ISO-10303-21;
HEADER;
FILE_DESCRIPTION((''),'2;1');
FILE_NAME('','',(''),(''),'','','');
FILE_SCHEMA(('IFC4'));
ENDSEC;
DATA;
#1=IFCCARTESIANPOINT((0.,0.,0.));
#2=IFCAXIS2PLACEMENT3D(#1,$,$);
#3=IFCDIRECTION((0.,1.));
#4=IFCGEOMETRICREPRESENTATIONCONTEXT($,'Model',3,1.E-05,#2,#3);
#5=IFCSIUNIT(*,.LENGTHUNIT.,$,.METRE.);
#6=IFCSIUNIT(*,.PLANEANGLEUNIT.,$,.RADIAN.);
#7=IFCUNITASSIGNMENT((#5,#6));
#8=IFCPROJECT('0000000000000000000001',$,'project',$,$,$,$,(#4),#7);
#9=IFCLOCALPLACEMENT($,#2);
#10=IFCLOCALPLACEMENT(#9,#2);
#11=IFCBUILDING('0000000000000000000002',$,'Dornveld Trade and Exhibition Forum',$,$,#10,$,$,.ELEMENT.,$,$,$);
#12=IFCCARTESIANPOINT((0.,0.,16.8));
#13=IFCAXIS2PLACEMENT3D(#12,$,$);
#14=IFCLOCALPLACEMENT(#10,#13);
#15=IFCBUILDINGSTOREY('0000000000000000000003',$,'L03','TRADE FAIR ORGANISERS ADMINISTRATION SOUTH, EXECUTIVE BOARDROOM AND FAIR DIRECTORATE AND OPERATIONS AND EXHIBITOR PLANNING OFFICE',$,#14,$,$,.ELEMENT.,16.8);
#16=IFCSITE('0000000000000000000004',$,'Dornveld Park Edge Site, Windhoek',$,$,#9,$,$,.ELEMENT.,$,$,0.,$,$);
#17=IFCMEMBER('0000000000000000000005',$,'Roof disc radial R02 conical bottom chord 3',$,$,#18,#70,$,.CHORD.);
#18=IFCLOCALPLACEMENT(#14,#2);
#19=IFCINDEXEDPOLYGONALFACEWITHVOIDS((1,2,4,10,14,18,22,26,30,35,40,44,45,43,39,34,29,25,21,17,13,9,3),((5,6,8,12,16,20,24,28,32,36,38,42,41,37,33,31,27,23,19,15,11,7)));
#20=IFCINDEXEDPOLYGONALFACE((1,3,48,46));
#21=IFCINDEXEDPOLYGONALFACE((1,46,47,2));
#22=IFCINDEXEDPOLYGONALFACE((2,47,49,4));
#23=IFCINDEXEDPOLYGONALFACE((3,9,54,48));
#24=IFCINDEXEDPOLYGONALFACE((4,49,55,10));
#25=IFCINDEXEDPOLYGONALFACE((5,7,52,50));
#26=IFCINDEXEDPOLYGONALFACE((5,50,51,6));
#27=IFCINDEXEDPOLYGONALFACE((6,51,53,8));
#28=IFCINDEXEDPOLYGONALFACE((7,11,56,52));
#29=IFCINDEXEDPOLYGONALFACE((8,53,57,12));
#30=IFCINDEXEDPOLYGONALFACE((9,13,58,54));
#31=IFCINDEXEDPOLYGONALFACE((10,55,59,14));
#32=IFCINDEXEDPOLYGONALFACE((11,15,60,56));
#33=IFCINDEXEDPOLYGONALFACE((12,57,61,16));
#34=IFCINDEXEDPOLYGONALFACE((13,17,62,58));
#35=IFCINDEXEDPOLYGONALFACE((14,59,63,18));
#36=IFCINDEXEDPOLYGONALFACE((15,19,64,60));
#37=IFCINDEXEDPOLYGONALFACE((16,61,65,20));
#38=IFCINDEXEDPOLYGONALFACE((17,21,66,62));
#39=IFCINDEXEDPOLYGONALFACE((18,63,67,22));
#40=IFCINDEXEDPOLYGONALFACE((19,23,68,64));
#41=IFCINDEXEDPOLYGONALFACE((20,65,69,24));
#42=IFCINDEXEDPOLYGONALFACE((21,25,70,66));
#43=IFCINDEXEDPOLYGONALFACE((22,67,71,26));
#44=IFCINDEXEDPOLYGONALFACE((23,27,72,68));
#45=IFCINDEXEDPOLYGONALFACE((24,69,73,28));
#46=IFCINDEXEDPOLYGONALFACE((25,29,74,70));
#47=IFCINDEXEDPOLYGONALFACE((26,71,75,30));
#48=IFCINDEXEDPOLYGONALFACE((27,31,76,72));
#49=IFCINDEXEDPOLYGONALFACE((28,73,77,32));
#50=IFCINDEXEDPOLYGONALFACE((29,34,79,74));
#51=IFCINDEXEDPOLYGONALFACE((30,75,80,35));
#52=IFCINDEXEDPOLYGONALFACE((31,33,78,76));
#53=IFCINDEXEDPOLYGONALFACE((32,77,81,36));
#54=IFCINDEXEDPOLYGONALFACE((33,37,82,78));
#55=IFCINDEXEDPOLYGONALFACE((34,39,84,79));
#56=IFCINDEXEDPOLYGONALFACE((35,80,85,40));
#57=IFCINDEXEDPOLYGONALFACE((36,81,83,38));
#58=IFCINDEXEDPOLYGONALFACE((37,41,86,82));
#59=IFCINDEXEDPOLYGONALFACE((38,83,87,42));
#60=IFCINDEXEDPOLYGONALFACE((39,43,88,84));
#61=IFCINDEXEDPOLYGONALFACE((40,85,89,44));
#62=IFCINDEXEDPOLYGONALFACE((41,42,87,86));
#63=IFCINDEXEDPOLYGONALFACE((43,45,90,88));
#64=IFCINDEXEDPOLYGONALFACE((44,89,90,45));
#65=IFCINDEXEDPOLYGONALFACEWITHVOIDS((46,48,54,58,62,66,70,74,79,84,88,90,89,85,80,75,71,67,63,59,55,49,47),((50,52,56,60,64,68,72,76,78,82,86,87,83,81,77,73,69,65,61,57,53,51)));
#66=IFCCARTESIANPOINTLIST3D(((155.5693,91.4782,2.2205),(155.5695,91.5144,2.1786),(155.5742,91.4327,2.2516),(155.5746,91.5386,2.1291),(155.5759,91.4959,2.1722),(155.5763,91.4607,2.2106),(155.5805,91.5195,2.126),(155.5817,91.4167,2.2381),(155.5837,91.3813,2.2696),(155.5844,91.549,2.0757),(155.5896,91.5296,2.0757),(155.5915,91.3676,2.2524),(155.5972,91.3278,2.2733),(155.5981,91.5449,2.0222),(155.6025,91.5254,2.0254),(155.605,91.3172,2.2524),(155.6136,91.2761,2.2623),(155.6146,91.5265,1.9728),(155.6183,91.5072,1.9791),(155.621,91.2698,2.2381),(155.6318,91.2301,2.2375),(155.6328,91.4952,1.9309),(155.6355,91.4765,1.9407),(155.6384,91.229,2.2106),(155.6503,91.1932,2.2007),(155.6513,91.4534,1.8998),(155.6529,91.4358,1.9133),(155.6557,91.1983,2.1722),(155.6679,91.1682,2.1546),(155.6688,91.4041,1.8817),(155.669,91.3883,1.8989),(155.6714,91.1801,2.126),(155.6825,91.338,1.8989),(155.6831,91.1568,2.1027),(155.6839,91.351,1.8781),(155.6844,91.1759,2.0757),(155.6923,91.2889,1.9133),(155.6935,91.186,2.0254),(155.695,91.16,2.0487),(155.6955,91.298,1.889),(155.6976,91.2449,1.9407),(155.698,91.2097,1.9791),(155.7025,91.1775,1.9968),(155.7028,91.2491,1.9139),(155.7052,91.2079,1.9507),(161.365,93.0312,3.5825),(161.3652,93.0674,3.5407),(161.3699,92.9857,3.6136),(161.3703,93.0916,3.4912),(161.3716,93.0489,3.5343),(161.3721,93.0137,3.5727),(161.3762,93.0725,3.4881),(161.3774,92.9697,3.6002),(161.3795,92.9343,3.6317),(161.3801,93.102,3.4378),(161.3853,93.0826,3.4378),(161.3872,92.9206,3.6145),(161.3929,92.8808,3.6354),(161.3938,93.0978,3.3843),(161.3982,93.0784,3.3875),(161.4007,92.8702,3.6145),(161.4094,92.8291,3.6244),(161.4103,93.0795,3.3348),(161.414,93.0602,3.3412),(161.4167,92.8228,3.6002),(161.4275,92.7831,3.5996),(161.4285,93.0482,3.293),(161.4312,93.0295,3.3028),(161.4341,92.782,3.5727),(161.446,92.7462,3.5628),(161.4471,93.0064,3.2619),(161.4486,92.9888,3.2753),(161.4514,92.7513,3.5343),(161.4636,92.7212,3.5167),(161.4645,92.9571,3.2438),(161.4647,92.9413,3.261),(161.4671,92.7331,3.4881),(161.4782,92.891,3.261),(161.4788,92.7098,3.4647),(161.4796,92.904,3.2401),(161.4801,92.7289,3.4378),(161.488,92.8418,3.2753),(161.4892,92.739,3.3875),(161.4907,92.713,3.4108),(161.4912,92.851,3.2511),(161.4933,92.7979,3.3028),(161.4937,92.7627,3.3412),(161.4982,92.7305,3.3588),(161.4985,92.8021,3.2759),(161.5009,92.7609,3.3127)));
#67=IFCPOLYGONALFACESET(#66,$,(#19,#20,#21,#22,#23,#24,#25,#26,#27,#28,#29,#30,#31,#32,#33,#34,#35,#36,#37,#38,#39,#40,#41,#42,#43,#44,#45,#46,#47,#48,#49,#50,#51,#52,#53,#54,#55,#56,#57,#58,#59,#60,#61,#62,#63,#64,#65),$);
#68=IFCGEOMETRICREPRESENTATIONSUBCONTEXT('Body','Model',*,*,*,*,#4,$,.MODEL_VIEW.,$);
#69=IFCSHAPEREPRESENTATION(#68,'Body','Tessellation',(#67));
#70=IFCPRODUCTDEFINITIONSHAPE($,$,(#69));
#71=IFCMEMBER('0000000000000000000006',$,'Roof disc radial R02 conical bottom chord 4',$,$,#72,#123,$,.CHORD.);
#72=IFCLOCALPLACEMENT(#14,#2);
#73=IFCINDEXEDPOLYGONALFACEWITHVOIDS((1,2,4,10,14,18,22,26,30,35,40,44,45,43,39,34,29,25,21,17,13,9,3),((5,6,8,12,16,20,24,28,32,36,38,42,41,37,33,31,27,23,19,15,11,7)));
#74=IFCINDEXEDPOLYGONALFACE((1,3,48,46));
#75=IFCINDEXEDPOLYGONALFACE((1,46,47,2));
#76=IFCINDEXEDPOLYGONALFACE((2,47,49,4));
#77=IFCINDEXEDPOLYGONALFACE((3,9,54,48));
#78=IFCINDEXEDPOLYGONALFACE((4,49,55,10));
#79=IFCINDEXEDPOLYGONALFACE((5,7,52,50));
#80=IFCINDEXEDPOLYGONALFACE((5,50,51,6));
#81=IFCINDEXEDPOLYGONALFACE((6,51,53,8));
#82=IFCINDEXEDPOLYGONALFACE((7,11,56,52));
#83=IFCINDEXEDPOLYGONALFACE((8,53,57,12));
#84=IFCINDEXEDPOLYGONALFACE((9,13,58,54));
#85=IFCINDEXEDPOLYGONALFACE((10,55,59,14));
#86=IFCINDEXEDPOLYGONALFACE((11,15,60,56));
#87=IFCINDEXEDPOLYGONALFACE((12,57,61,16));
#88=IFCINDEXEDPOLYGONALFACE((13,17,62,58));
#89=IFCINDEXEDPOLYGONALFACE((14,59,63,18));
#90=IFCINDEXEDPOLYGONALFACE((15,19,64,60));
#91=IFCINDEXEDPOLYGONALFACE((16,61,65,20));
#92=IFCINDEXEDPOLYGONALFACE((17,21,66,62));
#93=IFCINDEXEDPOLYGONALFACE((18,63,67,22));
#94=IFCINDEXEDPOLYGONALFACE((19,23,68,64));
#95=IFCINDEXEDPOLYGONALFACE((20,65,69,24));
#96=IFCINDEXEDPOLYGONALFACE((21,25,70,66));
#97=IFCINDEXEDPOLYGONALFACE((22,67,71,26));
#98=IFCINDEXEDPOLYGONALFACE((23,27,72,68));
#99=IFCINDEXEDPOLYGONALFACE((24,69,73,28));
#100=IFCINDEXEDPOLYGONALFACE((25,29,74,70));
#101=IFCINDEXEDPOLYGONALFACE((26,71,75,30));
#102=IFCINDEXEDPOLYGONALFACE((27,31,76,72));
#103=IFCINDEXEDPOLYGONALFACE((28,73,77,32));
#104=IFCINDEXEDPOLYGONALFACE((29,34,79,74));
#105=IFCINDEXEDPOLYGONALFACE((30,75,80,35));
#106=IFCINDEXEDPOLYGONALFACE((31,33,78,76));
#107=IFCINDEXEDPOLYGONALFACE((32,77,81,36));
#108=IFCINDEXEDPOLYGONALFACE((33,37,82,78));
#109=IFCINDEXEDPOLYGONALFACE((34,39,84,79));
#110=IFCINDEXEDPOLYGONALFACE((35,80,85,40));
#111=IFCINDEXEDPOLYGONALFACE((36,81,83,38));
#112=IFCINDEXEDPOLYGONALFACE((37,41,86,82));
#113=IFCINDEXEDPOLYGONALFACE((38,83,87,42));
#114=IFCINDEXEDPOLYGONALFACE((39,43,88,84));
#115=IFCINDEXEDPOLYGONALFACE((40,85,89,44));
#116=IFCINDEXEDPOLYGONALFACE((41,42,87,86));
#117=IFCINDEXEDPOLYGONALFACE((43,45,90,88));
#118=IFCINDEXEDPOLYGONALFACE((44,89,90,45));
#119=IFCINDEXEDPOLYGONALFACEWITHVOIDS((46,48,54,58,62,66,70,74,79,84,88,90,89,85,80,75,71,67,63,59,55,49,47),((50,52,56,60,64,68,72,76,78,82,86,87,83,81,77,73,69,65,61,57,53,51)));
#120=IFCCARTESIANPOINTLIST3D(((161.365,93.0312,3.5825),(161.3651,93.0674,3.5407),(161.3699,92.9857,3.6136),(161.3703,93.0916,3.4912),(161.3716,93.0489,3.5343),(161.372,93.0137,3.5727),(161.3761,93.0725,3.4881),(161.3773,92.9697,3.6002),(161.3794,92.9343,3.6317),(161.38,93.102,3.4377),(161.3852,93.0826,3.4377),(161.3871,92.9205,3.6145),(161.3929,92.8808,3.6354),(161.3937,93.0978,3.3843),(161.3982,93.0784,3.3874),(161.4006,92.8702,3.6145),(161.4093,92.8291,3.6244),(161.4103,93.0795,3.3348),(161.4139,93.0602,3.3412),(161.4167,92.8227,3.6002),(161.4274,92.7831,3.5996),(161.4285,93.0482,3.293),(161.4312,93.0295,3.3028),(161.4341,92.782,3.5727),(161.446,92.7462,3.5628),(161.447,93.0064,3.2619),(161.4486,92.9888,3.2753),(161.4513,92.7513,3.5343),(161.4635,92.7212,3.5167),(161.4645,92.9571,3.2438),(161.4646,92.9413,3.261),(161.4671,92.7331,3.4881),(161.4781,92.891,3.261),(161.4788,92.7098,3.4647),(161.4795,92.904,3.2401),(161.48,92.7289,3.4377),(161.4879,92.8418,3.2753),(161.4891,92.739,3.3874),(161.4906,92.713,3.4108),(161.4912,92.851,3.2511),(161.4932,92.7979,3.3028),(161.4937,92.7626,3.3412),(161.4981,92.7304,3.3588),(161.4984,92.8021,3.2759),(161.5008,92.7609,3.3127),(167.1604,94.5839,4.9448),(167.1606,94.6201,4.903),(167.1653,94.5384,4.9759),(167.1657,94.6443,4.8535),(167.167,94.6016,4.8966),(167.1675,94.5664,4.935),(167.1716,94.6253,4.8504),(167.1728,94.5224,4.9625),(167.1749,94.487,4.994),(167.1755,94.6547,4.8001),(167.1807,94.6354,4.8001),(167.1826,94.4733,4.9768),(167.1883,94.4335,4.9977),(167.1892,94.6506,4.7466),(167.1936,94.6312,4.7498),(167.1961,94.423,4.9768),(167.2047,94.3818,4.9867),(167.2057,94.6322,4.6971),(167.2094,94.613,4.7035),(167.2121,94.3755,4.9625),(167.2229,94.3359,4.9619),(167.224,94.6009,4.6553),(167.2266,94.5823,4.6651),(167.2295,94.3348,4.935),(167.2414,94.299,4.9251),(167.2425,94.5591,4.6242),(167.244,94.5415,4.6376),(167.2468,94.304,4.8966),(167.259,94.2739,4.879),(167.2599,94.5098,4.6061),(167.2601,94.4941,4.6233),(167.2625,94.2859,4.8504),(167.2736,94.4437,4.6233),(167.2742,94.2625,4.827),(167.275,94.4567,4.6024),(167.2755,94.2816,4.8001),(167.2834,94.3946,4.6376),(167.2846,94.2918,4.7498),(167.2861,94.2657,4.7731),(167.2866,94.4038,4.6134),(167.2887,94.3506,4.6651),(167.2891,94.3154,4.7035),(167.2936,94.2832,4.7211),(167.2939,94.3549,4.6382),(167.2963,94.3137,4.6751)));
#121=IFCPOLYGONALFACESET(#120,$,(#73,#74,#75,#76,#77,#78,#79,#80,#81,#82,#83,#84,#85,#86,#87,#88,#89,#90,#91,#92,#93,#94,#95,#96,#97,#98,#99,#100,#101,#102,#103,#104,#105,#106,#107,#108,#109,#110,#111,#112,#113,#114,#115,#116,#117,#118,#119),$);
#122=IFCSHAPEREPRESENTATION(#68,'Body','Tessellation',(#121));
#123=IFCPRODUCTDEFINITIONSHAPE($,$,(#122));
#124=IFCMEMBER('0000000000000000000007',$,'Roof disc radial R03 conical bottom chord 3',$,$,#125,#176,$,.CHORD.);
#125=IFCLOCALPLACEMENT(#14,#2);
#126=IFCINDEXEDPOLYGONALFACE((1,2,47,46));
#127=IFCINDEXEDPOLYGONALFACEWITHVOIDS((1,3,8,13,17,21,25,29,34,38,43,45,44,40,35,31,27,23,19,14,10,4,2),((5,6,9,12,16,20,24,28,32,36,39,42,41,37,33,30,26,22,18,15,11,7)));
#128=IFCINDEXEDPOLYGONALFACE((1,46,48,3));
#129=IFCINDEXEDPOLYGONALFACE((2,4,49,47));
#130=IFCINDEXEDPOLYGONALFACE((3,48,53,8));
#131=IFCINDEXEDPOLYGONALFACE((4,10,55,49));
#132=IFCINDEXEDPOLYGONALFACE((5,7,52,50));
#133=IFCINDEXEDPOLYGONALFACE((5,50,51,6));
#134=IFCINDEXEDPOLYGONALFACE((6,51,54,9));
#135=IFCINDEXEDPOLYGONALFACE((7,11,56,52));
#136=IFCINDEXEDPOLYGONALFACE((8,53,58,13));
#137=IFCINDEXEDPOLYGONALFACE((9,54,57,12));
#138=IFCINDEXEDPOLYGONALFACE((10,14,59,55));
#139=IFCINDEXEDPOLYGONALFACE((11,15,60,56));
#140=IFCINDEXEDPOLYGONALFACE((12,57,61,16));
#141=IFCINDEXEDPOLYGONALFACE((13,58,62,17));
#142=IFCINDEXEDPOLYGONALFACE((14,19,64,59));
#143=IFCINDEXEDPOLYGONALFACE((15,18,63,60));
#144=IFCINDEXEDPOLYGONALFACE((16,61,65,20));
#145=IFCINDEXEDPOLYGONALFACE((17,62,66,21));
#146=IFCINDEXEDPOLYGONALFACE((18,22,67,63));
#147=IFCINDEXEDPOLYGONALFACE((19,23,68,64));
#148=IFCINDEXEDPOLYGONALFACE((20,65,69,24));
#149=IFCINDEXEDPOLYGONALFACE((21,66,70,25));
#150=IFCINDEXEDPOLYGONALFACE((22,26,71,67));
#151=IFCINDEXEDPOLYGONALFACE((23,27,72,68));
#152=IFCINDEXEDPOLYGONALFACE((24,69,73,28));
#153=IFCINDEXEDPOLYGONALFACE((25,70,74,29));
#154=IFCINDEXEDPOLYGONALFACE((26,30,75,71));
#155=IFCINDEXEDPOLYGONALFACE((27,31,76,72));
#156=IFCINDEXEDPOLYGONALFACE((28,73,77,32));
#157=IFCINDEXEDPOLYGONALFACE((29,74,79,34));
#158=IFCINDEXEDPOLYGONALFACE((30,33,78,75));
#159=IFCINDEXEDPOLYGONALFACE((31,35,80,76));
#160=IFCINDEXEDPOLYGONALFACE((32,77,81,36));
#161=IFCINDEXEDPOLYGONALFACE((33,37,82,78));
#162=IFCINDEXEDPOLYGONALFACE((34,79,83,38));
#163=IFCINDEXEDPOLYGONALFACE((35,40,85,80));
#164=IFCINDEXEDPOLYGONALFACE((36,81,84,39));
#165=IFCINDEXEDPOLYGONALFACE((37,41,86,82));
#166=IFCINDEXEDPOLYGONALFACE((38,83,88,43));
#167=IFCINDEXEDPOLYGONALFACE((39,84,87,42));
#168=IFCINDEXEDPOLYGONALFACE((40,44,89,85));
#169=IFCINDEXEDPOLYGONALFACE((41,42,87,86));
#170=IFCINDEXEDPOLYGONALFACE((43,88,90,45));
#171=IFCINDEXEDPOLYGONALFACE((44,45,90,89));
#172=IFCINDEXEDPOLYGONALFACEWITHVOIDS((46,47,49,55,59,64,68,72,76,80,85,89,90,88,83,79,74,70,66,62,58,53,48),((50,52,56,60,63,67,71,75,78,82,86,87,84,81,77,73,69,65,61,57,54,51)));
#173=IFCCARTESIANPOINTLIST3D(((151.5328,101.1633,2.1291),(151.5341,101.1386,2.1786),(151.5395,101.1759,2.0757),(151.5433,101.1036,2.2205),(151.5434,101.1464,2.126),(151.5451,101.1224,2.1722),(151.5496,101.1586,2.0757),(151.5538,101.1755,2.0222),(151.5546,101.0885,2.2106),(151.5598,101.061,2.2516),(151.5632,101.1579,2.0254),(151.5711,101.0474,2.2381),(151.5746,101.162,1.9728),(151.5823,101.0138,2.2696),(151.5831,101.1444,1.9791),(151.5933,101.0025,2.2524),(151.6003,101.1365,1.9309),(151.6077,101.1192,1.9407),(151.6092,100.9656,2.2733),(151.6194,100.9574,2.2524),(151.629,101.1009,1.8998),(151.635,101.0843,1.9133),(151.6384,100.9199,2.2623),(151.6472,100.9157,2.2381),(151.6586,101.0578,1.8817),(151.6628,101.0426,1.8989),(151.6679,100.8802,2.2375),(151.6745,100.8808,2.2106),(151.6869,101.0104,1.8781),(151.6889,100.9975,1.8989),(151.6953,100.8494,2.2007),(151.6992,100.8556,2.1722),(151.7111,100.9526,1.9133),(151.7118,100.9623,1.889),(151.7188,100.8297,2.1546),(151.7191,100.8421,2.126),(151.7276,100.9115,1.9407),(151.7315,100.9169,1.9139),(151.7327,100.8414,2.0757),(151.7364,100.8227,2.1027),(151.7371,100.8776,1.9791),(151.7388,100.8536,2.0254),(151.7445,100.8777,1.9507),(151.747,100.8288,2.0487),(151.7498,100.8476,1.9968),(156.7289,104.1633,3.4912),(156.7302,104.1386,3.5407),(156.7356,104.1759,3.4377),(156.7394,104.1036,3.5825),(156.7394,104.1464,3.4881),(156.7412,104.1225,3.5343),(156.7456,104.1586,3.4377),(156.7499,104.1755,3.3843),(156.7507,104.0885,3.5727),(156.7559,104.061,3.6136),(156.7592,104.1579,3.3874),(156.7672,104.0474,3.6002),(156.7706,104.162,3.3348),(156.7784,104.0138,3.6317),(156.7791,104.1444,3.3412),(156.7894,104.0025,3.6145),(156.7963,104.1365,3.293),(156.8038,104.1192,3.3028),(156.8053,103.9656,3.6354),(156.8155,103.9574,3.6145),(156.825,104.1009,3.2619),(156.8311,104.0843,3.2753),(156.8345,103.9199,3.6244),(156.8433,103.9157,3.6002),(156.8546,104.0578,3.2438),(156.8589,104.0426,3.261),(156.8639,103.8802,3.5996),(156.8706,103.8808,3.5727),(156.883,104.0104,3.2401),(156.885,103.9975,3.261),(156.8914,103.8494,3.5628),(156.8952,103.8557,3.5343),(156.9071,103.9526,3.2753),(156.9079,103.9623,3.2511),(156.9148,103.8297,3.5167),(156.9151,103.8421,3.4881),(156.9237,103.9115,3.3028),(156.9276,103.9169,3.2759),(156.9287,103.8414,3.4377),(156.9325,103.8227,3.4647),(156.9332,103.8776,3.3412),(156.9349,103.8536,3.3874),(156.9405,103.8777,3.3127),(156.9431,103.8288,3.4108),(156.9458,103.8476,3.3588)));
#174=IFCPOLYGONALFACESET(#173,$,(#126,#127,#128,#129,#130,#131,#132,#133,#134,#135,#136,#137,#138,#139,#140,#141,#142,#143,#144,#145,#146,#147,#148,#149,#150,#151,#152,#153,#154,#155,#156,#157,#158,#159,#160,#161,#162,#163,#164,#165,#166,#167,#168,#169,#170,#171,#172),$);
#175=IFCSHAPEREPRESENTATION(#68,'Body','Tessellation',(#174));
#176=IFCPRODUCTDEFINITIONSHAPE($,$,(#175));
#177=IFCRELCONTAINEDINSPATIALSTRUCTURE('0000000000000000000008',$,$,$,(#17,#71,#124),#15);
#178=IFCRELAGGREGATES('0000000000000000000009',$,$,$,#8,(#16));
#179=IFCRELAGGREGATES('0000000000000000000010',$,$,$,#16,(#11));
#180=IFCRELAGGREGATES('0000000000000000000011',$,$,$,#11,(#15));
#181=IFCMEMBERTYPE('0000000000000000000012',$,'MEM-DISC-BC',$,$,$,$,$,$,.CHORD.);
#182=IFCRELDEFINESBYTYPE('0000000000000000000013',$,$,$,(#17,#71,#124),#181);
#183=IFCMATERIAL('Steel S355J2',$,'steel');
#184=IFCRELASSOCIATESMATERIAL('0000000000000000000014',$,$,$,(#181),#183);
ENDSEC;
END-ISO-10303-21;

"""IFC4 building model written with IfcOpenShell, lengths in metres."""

from ifc_helpers import new_model, si_unit, direction, frame, origin, origin_2d, place, context, subcontext, project, spatial, hollow_circle, extrude, material, material_profile, profile_set, type_object, element, save


model = new_model("IFC4")

# Units and contexts
model_context = context("Model", 3, precision=1e-05, world=origin(), true_north=direction((0.0, 1.0)))
body_context = subcontext(model_context, "Body", "Model", "MODEL_VIEW")
ifc_project = project(units=[si_unit("LENGTHUNIT", "METRE"), si_unit("PLANEANGLEUNIT", "RADIAN")], contexts=[model_context])

# Site, building, storey
site_placement = place(None, origin())
site = spatial("IfcSite", under=ifc_project, at=site_placement, Name="Dornveld Park Edge Site, Windhoek", CompositionType="ELEMENT", RefElevation=0.0)
building_placement = place(site_placement, origin())
building = spatial("IfcBuilding", under=site, at=building_placement, Name="Dornveld Trade and Exhibition Forum", CompositionType="ELEMENT")
storey_placement = place(building_placement, frame((0.0, 0.0, 16.8)))
storey = spatial("IfcBuildingStorey", under=building, at=storey_placement, Name="L03", Description="TRADE FAIR ORGANISERS ADMINISTRATION SOUTH, EXECUTIVE BOARDROOM AND FAIR DIRECTORATE AND OPERATIONS AND EXHIBITOR PLANNING OFFICE", CompositionType="ELEMENT", Elevation=16.8)

# Members
ifc_material_1 = material(Name="Steel S355J2", Category="steel")
ifc_material_profile_1 = material_profile(ifc_material_1, hollow_circle(Radius=0.2031, WallThickness=0.02, at=origin_2d()), Name="CHS 406.4x20")
ifc_profile_set_1 = profile_set([ifc_material_profile_1], Name="Steel S355J2")
member_type_1 = type_object("IfcMemberType", Name="MEM-DISC-BC", PredefinedType="CHORD", material=ifc_profile_set_1)
member_1_placement = place(storey_placement, frame((155.637, 91.3528, 2.0757), z_axis=(0.941959, 0.252403, 0.221374), x_axis=(-0.258825, 0.965924, 0.0)))
element("IfcMember", 1, at=member_1_placement, inside=storey, type_object=member_type_1, Name="Roof disc radial R02 conical bottom chord 3", PredefinedType="CHORD", context=body_context, shape_type="SweptSolid", body=[
    extrude(hollow_circle(Radius=0.2031, WallThickness=0.02, at=origin_2d()), origin(), (0.0, 0.0, 1.0), 6.1528),
])
for number, where, z_axis, x_axis, name in (
    (2, (161.4326, 92.9058, 3.4377), (0.941955, 0.252373, 0.221422), (-0.258797, 0.965932, 0.0), "Roof disc radial R02 conical bottom chord 4"),
    (3, (151.6411, 101.0, 2.0757), (0.844533, 0.487601, 0.221381), (-0.500008, 0.866021, 0.0), "Roof disc radial R03 conical bottom chord 3"),
):
    element("IfcMember", number, at=place(storey_placement, frame(where, z_axis=z_axis, x_axis=x_axis)), inside=storey, type_object=member_type_1, Name=name, PredefinedType="CHORD", context=body_context, shape_type="SweptSolid", body=[
        extrude(hollow_circle(Radius=0.2031, WallThickness=0.02, at=origin_2d()), origin(), (0.0, 0.0, 1.0), 6.1526),
    ])

save(model, "model.ifc")
